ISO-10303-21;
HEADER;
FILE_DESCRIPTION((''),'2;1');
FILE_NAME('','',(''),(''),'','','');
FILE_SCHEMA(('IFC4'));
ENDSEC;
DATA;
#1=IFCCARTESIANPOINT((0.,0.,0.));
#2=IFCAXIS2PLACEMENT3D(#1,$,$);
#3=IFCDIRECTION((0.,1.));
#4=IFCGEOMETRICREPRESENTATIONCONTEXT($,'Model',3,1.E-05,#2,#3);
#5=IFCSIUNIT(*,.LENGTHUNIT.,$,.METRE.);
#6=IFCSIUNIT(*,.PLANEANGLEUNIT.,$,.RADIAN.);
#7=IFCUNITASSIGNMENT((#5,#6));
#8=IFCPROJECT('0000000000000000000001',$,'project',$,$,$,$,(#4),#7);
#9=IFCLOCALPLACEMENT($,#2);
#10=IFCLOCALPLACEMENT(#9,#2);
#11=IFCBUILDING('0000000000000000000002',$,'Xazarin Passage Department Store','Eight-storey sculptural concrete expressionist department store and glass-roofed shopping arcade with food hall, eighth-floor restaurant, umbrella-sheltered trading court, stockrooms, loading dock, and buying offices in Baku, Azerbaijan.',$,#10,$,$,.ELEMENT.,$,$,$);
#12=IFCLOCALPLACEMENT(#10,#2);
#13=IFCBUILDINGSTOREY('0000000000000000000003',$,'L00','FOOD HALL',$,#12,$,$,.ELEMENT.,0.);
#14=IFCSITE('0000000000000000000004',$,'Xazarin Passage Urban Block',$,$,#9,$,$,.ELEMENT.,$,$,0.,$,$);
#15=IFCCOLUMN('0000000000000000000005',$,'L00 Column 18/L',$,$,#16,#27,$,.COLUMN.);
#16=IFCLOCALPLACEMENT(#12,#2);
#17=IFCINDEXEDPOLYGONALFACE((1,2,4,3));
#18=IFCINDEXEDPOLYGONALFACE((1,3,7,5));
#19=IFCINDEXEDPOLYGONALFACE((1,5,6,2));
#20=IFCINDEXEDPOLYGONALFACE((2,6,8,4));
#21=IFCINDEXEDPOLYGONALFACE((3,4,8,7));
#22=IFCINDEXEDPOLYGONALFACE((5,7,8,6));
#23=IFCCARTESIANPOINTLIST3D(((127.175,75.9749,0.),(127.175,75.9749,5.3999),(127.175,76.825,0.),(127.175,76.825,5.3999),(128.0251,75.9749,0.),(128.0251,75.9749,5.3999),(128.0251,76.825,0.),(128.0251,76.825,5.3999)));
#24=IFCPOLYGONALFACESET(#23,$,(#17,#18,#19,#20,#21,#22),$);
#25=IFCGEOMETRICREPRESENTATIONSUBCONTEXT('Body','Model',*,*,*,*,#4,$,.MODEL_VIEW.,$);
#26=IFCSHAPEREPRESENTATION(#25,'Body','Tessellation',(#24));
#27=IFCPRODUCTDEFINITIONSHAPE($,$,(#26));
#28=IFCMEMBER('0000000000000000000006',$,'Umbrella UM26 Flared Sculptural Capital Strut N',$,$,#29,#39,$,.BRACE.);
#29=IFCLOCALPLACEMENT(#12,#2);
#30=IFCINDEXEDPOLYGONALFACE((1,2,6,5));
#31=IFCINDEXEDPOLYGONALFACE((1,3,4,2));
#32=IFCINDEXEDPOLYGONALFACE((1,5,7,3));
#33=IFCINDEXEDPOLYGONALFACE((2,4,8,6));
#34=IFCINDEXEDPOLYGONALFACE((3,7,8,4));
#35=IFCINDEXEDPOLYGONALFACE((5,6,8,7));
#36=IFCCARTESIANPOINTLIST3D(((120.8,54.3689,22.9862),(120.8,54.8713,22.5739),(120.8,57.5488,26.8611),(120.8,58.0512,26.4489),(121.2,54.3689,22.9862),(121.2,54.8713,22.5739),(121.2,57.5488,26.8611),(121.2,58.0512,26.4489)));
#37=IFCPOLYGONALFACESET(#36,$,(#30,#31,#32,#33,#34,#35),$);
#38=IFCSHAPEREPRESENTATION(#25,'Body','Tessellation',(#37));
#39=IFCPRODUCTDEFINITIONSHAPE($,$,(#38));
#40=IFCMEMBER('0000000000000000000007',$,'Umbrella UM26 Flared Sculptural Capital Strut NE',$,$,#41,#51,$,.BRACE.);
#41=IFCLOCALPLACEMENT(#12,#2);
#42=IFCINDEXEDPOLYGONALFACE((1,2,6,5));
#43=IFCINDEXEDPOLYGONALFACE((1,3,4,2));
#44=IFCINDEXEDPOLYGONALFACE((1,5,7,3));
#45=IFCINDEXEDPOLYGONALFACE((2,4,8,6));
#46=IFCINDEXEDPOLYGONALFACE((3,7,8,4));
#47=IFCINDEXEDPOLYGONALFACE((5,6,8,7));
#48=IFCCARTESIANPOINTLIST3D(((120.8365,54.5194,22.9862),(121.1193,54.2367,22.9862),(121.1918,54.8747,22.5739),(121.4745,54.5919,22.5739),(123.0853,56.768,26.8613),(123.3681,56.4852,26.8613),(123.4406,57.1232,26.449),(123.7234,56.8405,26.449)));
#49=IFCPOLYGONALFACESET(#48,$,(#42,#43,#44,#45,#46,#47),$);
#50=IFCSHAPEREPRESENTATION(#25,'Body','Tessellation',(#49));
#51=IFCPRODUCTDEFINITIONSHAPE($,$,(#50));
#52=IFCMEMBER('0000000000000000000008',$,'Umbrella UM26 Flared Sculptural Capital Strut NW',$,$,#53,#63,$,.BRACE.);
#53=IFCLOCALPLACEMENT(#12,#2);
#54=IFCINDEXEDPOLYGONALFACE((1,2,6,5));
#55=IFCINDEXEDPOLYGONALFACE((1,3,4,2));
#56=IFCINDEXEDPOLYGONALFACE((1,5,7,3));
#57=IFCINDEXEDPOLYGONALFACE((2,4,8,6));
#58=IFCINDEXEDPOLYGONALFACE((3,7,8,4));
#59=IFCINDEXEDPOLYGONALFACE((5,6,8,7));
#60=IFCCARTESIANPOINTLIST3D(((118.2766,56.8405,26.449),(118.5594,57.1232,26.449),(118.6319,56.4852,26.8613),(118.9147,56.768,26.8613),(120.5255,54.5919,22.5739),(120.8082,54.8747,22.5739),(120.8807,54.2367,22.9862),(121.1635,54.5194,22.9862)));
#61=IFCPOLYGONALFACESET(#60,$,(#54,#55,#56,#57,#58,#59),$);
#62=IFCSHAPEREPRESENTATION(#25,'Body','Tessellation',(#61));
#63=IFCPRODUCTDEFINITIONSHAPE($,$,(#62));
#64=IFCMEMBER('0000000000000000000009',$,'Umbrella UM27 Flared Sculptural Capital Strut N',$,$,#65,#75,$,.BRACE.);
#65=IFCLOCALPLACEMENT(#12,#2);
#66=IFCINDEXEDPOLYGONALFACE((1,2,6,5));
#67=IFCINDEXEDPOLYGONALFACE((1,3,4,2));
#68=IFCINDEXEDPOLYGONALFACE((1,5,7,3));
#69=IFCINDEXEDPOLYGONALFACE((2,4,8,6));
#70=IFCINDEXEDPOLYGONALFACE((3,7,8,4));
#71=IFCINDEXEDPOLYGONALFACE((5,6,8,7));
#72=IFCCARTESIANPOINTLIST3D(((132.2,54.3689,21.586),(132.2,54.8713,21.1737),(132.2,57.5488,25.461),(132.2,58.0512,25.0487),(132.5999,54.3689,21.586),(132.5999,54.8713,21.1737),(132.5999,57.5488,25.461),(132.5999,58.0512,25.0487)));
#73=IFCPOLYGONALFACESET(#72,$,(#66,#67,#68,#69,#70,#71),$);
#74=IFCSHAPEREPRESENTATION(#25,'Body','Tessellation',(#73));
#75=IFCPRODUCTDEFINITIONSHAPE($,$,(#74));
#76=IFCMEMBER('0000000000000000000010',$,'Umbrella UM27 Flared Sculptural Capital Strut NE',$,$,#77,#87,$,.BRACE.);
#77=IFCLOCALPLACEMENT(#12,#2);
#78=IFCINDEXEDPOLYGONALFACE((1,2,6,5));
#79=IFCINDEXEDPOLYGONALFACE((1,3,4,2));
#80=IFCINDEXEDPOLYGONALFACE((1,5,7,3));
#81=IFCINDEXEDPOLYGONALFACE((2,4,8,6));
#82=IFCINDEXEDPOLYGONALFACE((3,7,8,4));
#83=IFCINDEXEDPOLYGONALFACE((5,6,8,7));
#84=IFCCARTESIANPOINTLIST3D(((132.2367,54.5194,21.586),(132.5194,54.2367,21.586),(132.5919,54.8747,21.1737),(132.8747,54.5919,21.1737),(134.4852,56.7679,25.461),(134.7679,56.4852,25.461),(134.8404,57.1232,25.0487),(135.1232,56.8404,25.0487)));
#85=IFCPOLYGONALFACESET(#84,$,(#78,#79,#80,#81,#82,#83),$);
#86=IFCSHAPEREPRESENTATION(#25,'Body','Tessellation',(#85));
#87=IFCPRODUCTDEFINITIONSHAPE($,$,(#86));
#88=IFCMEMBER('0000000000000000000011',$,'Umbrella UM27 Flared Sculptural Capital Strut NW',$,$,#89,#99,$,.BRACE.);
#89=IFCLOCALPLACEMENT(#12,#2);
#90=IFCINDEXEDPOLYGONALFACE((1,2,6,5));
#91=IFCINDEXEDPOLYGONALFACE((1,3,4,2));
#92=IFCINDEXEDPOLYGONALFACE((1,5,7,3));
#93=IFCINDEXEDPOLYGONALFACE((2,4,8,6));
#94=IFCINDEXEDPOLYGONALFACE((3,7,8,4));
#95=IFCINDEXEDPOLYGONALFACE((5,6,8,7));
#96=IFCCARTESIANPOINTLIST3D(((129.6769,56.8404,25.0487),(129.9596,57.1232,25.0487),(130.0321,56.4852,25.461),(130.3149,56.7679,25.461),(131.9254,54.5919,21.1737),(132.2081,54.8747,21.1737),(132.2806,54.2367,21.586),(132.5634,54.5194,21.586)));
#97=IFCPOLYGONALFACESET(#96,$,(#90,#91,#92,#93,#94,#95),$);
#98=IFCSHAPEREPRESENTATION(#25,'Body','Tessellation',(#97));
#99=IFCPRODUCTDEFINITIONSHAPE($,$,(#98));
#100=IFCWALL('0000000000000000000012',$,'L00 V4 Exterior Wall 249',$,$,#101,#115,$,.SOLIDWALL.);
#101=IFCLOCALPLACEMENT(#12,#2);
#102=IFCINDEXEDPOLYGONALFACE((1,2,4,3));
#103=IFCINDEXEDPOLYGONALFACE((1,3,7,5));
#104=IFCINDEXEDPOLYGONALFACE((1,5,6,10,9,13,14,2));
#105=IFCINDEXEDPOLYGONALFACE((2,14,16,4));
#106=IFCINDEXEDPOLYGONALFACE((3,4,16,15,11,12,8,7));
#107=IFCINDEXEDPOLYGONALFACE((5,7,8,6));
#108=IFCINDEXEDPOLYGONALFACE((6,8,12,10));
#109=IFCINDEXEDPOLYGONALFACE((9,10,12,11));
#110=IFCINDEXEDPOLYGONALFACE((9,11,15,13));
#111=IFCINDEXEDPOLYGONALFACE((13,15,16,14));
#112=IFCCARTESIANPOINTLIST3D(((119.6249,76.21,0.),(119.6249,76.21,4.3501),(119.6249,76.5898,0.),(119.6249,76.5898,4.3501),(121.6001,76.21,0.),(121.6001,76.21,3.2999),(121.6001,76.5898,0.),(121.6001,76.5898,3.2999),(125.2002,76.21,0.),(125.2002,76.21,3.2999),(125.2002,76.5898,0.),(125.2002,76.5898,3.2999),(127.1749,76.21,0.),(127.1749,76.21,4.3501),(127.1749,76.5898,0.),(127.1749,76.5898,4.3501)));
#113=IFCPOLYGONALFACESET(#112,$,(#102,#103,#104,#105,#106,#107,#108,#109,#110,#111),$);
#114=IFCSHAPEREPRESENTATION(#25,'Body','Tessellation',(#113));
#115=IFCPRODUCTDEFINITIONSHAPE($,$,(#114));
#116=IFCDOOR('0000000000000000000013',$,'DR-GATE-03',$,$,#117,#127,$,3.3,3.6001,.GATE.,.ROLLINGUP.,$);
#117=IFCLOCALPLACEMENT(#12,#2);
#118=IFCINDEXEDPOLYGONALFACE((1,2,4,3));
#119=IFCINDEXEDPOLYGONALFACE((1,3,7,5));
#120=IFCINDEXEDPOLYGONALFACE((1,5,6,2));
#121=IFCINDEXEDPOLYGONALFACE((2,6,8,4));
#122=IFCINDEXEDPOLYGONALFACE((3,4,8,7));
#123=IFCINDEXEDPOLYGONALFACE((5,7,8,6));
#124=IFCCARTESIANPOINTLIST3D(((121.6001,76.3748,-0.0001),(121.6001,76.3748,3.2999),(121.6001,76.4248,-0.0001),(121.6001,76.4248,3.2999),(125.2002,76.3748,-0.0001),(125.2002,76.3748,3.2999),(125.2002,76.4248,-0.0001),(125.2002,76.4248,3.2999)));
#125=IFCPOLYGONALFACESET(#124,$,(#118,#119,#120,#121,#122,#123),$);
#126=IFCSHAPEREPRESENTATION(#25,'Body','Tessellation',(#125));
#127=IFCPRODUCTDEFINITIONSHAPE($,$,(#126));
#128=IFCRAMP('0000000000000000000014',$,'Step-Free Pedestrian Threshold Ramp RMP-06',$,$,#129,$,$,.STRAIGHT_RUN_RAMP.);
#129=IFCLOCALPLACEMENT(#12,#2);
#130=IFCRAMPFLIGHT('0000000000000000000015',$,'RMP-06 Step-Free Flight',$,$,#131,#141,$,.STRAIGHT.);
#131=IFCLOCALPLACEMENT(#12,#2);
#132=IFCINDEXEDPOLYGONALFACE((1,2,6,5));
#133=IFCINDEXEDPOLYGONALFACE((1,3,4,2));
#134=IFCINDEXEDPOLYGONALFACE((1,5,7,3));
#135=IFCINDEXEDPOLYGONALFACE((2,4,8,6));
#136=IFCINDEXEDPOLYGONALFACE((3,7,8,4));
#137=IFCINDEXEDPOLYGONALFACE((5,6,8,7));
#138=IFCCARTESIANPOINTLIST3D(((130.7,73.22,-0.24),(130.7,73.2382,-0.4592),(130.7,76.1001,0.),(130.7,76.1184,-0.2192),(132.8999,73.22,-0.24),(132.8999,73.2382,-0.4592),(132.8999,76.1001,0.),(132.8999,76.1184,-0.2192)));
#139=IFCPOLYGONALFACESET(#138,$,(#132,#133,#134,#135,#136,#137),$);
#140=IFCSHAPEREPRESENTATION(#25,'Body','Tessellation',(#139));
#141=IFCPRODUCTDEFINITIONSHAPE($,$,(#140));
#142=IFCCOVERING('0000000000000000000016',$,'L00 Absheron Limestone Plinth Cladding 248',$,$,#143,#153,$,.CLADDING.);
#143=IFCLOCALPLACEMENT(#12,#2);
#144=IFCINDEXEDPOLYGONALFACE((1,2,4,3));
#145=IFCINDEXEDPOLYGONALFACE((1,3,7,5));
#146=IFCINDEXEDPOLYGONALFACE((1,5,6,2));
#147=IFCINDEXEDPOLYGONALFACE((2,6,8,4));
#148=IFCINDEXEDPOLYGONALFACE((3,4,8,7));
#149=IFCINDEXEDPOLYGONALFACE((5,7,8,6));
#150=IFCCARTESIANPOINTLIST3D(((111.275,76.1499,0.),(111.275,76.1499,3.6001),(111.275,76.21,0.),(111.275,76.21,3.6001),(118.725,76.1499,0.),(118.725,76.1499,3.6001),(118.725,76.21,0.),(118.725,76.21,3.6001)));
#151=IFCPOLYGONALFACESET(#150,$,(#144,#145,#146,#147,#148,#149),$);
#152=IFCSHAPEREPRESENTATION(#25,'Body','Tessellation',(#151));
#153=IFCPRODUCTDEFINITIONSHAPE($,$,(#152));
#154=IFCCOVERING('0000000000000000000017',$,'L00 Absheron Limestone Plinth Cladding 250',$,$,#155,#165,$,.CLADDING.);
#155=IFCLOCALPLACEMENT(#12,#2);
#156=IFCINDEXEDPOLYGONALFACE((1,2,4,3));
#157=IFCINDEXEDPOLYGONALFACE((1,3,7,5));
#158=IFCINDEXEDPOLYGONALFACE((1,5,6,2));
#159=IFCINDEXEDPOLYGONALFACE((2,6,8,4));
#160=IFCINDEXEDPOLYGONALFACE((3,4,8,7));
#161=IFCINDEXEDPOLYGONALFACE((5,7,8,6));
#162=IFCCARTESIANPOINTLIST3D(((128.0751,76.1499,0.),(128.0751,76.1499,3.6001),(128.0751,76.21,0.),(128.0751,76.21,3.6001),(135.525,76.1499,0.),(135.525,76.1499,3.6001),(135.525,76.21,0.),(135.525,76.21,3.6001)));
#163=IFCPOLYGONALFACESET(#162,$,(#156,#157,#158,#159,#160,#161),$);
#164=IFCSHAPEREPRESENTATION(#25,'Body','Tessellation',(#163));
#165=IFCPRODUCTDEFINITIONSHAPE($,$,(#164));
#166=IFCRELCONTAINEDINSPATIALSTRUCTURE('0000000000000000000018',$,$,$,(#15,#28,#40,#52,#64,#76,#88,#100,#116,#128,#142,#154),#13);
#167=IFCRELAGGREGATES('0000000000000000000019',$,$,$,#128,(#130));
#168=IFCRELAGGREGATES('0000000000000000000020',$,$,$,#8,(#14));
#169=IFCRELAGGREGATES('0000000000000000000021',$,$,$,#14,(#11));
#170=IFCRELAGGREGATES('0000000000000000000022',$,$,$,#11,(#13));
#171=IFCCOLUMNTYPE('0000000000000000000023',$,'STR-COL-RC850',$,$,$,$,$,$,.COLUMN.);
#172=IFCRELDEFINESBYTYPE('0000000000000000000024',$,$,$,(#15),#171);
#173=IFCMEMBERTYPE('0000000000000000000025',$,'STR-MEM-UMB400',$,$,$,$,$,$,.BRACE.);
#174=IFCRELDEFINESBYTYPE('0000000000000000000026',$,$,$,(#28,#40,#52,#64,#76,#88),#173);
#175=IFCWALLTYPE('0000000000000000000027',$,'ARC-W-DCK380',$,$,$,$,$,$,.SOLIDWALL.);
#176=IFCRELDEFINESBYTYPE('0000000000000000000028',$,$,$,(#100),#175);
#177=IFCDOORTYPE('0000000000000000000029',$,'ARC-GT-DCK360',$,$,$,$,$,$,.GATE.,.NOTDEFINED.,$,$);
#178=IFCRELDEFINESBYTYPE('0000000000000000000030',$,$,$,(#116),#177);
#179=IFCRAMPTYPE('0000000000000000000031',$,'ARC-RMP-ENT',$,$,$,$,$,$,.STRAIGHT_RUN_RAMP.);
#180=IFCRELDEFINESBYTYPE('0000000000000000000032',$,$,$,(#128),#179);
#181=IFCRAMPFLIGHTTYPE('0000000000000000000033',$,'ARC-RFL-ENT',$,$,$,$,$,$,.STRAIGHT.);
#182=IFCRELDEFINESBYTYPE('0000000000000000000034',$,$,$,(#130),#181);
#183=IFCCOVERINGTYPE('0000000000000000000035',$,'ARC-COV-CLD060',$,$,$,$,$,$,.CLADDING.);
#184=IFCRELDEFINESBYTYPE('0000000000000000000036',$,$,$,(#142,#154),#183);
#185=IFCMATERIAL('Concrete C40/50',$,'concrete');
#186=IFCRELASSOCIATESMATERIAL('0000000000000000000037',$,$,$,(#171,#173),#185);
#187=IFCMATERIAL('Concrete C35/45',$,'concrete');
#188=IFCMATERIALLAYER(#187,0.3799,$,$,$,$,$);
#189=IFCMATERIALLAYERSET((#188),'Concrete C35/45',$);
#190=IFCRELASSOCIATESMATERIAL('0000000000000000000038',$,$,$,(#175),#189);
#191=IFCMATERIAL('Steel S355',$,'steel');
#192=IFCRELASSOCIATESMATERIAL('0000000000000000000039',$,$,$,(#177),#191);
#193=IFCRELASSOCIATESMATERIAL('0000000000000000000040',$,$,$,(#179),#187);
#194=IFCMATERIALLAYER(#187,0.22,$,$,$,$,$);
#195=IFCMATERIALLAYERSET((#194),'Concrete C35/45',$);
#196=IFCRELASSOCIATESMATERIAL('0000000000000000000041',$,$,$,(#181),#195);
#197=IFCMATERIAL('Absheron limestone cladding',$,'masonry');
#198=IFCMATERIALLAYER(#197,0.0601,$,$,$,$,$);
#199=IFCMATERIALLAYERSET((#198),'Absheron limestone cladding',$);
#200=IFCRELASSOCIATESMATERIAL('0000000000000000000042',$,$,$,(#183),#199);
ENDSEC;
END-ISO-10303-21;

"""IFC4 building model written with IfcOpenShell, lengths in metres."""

from ifc_helpers import new_model, si_unit, direction, frame, frame_2d, origin, origin_2d, place, context, subcontext, project, spatial, polyline, rectangle, outline, extrude, material, layer, layer_set, material_profile, profile_set, type_object, element, fill, aggregate, save


model = new_model("IFC4")

# Units and contexts
model_context = context("Model", 3, precision=1e-05, world=origin(), true_north=direction((0.0, 1.0)))
body_context = subcontext(model_context, "Body", "Model", "MODEL_VIEW")
ifc_project = project(units=[si_unit("LENGTHUNIT", "METRE"), si_unit("PLANEANGLEUNIT", "RADIAN")], contexts=[model_context])

# Site, building, storey
site_placement = place(None, origin())
site = spatial("IfcSite", under=ifc_project, at=site_placement, Name="Xazarin Passage Urban Block", CompositionType="ELEMENT", RefElevation=0.0)
building_placement = place(site_placement, origin())
building = spatial("IfcBuilding", under=site, at=building_placement, Name="Xazarin Passage Department Store", Description="Eight-storey sculptural concrete expressionist department store and glass-roofed shopping arcade with food hall, eighth-floor restaurant, umbrella-sheltered trading court, stockrooms, loading dock, and buying offices in Baku, Azerbaijan.", CompositionType="ELEMENT")
storey_placement = place(building_placement, origin())
storey = spatial("IfcBuildingStorey", under=building, at=storey_placement, Name="L00", Description="FOOD HALL", CompositionType="ELEMENT", Elevation=0.0)

# Shared definitions
ifc_material_1 = material(Name="Concrete C35/45", Category="concrete")

# Column
ifc_material_2 = material(Name="Concrete C40/50", Category="concrete")
ifc_material_profile_1 = material_profile(ifc_material_2, rectangle(XDim=0.8501, YDim=0.8501, at=origin_2d()), Name="RC 850x850")
ifc_profile_set_1 = profile_set([ifc_material_profile_1], Name="Concrete C40/50")
column_type = type_object("IfcColumnType", Name="STR-COL-RC850", PredefinedType="COLUMN", material=ifc_profile_set_1)
for number, where, z_axis, x_axis, name in (
    (1, (127.6001, 76.3999, 0.0), (0.0, 0.0, 1.0), (1.0, 0.0, 0.0), "L00 Column 18/L"),
):
    element("IfcColumn", number, at=place(storey_placement, frame(where, z_axis=z_axis, x_axis=x_axis)), inside=storey, type_object=column_type, Name=name, PredefinedType="COLUMN", context=body_context, shape_type="SweptSolid", body=[
        extrude(rectangle(XDim=0.8501, YDim=0.8501, at=origin_2d()), origin(), (0.0, 0.0, 1.0), 5.3999),
    ])

# Members
ifc_material_profile_2 = material_profile(ifc_material_2, rectangle(XDim=0.3999, YDim=0.6499, at=origin_2d()), Name="RC 400x650")
ifc_profile_set_2 = profile_set([ifc_material_profile_2], Name="Concrete C40/50")
member_type = type_object("IfcMemberType", Name="STR-MEM-UMB400", PredefinedType="BRACE", material=ifc_profile_set_2)
member_placement = place(storey_placement, frame((121.0, 54.6201, 22.78), z_axis=(0.0, 0.63437, 0.77303), x_axis=(-1.0, 0.0, 0.0)))
element("IfcMember", 2, at=member_placement, inside=storey, type_object=member_type, Name="Umbrella UM26 Flared Sculptural Capital Strut N", PredefinedType="BRACE", context=body_context, shape_type="SweptSolid", body=[
    extrude(rectangle(XDim=0.3999, YDim=0.6499, at=origin_2d()), origin(), (0.0, 0.0, 1.0), 5.0127),
])
for number, where, z_axis, x_axis, name in (
    (3, (121.1555, 54.5557, 22.78), (0.448604, 0.448555, 0.773015), (-0.707068, 0.707145, 0.0), "Umbrella UM26 Flared Sculptural Capital Strut NE"),
    (4, (120.8445, 54.5557, 22.78), (-0.448604, 0.448555, 0.773015), (-0.707068, -0.707145, 0.0), "Umbrella UM26 Flared Sculptural Capital Strut NW"),
):
    element("IfcMember", number, at=place(storey_placement, frame(where, z_axis=z_axis, x_axis=x_axis)), inside=storey, type_object=member_type, Name=name, PredefinedType="BRACE", context=body_context, shape_type="SweptSolid", body=[
        extrude(rectangle(XDim=0.3999, YDim=0.6499, at=origin_2d()), origin(), (0.0, 0.0, 1.0), 5.0129),
    ])
for number, where, z_axis, x_axis, name in (
    (5, (132.3999, 54.6201, 21.3799), (0.0, 0.63437, 0.77303), (-1.0, 0.0, 0.0), "Umbrella UM27 Flared Sculptural Capital Strut N"),
    (6, (132.5557, 54.5557, 21.3799), (0.448565, 0.448565, 0.773032), (-0.707107, 0.707107, 0.0), "Umbrella UM27 Flared Sculptural Capital Strut NE"),
    (7, (132.2444, 54.5557, 21.3799), (-0.448565, 0.448565, 0.773032), (-0.707107, -0.707107, 0.0), "Umbrella UM27 Flared Sculptural Capital Strut NW"),
):
    element("IfcMember", number, at=place(storey_placement, frame(where, z_axis=z_axis, x_axis=x_axis)), inside=storey, type_object=member_type, Name=name, PredefinedType="BRACE", context=body_context, shape_type="SweptSolid", body=[
        extrude(rectangle(XDim=0.3999, YDim=0.6499, at=origin_2d()), origin(), (0.0, 0.0, 1.0), 5.0127),
    ])

# Wall, opening, door
ifc_layer_1 = layer(ifc_material_1, 0.3799)
ifc_layer_set_1 = layer_set([ifc_layer_1], Name="Concrete C35/45")
wall_type = type_object("IfcWallType", Name="ARC-W-DCK380", PredefinedType="SOLIDWALL", material=ifc_layer_set_1)
wall_placement = place(storey_placement, frame((119.625, 76.3999, 0.0), z_axis=(0.0, 0.0, 1.0), x_axis=(1.0, 0.0, 0.0)))
wall = element("IfcWall", 8, at=wall_placement, inside=storey, type_object=wall_type, Name="L00 V4 Exterior Wall 249", PredefinedType="SOLIDWALL", context=body_context, shape_type="SweptSolid", body=[
    extrude(rectangle(XDim=7.55, YDim=0.3799, at=frame_2d((3.7749, 0.0))), origin(), (0.0, 0.0, 1.0), 4.3501),
])
opening_placement = place(wall_placement, frame((1.9751, 0.0, 0.0)))
opening = element("IfcOpeningElement", 9, at=opening_placement, cuts=wall, PredefinedType="OPENING", context=body_context, shape_type="SweptSolid", body=[
    extrude(rectangle(XDim=3.6001, YDim=3.3, at=frame_2d((1.8, 1.6499))), frame((0.0, 0.2, 0.0), z_axis=(0.0, -1.0, 0.0), x_axis=(1.0, 0.0, 0.0)), (0.0, 0.0, 1.0), 0.3999),
])
ifc_material_3 = material(Name="Steel S355", Category="steel")
door_type = type_object("IfcDoorType", Name="ARC-GT-DCK360", OperationType="NOTDEFINED", PredefinedType="GATE", material=ifc_material_3)
door_placement = place(opening_placement, origin())
door = element("IfcDoor", 10, at=door_placement, inside=storey, type_object=door_type, Name="DR-GATE-03", OperationType="ROLLINGUP", OverallHeight=3.3, OverallWidth=3.6001, PredefinedType="GATE", context=body_context, shape_type="SweptSolid", body=[
    extrude(rectangle(XDim=3.6001, YDim=3.3, at=frame_2d((1.8, 1.6499))), frame((0.0, 0.0249, 0.0), z_axis=(0.0, -1.0, 0.0), x_axis=(1.0, 0.0, 0.0)), (0.0, 0.0, 1.0), 0.05),
])
fill(opening, door)

# Ramp, ramp flight
ramp_type = type_object("IfcRampType", Name="ARC-RMP-ENT", PredefinedType="STRAIGHT_RUN_RAMP", material=ifc_material_1)
ramp_placement = place(storey_placement, origin())
ramp = element("IfcRamp", 11, at=ramp_placement, inside=storey, type_object=ramp_type, Name="Step-Free Pedestrian Threshold Ramp RMP-06", PredefinedType="STRAIGHT_RUN_RAMP")
ifc_layer_2 = layer(ifc_material_1, 0.22)
ifc_layer_set_2 = layer_set([ifc_layer_2], Name="Concrete C35/45")
ramp_flight_type = type_object("IfcRampFlightType", Name="ARC-RFL-ENT", PredefinedType="STRAIGHT", material=ifc_layer_set_2)
ramp_flight_placement = place(storey_placement, frame((130.7, 73.22, -0.24), z_axis=(0.0, -0.083038, 0.996546), x_axis=(1.0, 0.0, 0.0)))
ramp_flight = element("IfcRampFlight", 12, at=ramp_flight_placement, type_object=ramp_flight_type, Name="RMP-06 Step-Free Flight", PredefinedType="STRAIGHT", context=body_context, shape_type="SweptSolid", body=[
    extrude(outline(polyline([(0.0, 0.0), (2.2, 0.0), (2.2, 2.8901), (0.0, 2.8901), (0.0, 0.0)])), origin(), (0.0, 0.0, -1.0), 0.22),
])
aggregate(ramp, [ramp_flight])

# Coverings
ifc_material_4 = material(Name="Absheron limestone cladding", Category="masonry")
ifc_layer_3 = layer(ifc_material_4, 0.0601)
ifc_layer_set_3 = layer_set([ifc_layer_3], Name="Absheron limestone cladding")
covering_type = type_object("IfcCoveringType", Name="ARC-COV-CLD060", PredefinedType="CLADDING", material=ifc_layer_set_3)
for number, where, z_axis, x_axis, name in (
    (13, (115.0, 76.1799, 0.0), (0.0, 0.0, 1.0), (1.0, 0.0, 0.0), "L00 Absheron Limestone Plinth Cladding 248"),
    (14, (131.8, 76.1799, 0.0), (0.0, 0.0, 1.0), (1.0, 0.0, 0.0), "L00 Absheron Limestone Plinth Cladding 250"),
):
    element("IfcCovering", number, at=place(storey_placement, frame(where, z_axis=z_axis, x_axis=x_axis)), inside=storey, type_object=covering_type, Name=name, PredefinedType="CLADDING", context=body_context, shape_type="SweptSolid", body=[
        extrude(rectangle(XDim=7.45, YDim=0.0601, at=origin_2d()), origin(), (0.0, 0.0, 1.0), 3.6001),
    ])

save(model, "model.ifc")
